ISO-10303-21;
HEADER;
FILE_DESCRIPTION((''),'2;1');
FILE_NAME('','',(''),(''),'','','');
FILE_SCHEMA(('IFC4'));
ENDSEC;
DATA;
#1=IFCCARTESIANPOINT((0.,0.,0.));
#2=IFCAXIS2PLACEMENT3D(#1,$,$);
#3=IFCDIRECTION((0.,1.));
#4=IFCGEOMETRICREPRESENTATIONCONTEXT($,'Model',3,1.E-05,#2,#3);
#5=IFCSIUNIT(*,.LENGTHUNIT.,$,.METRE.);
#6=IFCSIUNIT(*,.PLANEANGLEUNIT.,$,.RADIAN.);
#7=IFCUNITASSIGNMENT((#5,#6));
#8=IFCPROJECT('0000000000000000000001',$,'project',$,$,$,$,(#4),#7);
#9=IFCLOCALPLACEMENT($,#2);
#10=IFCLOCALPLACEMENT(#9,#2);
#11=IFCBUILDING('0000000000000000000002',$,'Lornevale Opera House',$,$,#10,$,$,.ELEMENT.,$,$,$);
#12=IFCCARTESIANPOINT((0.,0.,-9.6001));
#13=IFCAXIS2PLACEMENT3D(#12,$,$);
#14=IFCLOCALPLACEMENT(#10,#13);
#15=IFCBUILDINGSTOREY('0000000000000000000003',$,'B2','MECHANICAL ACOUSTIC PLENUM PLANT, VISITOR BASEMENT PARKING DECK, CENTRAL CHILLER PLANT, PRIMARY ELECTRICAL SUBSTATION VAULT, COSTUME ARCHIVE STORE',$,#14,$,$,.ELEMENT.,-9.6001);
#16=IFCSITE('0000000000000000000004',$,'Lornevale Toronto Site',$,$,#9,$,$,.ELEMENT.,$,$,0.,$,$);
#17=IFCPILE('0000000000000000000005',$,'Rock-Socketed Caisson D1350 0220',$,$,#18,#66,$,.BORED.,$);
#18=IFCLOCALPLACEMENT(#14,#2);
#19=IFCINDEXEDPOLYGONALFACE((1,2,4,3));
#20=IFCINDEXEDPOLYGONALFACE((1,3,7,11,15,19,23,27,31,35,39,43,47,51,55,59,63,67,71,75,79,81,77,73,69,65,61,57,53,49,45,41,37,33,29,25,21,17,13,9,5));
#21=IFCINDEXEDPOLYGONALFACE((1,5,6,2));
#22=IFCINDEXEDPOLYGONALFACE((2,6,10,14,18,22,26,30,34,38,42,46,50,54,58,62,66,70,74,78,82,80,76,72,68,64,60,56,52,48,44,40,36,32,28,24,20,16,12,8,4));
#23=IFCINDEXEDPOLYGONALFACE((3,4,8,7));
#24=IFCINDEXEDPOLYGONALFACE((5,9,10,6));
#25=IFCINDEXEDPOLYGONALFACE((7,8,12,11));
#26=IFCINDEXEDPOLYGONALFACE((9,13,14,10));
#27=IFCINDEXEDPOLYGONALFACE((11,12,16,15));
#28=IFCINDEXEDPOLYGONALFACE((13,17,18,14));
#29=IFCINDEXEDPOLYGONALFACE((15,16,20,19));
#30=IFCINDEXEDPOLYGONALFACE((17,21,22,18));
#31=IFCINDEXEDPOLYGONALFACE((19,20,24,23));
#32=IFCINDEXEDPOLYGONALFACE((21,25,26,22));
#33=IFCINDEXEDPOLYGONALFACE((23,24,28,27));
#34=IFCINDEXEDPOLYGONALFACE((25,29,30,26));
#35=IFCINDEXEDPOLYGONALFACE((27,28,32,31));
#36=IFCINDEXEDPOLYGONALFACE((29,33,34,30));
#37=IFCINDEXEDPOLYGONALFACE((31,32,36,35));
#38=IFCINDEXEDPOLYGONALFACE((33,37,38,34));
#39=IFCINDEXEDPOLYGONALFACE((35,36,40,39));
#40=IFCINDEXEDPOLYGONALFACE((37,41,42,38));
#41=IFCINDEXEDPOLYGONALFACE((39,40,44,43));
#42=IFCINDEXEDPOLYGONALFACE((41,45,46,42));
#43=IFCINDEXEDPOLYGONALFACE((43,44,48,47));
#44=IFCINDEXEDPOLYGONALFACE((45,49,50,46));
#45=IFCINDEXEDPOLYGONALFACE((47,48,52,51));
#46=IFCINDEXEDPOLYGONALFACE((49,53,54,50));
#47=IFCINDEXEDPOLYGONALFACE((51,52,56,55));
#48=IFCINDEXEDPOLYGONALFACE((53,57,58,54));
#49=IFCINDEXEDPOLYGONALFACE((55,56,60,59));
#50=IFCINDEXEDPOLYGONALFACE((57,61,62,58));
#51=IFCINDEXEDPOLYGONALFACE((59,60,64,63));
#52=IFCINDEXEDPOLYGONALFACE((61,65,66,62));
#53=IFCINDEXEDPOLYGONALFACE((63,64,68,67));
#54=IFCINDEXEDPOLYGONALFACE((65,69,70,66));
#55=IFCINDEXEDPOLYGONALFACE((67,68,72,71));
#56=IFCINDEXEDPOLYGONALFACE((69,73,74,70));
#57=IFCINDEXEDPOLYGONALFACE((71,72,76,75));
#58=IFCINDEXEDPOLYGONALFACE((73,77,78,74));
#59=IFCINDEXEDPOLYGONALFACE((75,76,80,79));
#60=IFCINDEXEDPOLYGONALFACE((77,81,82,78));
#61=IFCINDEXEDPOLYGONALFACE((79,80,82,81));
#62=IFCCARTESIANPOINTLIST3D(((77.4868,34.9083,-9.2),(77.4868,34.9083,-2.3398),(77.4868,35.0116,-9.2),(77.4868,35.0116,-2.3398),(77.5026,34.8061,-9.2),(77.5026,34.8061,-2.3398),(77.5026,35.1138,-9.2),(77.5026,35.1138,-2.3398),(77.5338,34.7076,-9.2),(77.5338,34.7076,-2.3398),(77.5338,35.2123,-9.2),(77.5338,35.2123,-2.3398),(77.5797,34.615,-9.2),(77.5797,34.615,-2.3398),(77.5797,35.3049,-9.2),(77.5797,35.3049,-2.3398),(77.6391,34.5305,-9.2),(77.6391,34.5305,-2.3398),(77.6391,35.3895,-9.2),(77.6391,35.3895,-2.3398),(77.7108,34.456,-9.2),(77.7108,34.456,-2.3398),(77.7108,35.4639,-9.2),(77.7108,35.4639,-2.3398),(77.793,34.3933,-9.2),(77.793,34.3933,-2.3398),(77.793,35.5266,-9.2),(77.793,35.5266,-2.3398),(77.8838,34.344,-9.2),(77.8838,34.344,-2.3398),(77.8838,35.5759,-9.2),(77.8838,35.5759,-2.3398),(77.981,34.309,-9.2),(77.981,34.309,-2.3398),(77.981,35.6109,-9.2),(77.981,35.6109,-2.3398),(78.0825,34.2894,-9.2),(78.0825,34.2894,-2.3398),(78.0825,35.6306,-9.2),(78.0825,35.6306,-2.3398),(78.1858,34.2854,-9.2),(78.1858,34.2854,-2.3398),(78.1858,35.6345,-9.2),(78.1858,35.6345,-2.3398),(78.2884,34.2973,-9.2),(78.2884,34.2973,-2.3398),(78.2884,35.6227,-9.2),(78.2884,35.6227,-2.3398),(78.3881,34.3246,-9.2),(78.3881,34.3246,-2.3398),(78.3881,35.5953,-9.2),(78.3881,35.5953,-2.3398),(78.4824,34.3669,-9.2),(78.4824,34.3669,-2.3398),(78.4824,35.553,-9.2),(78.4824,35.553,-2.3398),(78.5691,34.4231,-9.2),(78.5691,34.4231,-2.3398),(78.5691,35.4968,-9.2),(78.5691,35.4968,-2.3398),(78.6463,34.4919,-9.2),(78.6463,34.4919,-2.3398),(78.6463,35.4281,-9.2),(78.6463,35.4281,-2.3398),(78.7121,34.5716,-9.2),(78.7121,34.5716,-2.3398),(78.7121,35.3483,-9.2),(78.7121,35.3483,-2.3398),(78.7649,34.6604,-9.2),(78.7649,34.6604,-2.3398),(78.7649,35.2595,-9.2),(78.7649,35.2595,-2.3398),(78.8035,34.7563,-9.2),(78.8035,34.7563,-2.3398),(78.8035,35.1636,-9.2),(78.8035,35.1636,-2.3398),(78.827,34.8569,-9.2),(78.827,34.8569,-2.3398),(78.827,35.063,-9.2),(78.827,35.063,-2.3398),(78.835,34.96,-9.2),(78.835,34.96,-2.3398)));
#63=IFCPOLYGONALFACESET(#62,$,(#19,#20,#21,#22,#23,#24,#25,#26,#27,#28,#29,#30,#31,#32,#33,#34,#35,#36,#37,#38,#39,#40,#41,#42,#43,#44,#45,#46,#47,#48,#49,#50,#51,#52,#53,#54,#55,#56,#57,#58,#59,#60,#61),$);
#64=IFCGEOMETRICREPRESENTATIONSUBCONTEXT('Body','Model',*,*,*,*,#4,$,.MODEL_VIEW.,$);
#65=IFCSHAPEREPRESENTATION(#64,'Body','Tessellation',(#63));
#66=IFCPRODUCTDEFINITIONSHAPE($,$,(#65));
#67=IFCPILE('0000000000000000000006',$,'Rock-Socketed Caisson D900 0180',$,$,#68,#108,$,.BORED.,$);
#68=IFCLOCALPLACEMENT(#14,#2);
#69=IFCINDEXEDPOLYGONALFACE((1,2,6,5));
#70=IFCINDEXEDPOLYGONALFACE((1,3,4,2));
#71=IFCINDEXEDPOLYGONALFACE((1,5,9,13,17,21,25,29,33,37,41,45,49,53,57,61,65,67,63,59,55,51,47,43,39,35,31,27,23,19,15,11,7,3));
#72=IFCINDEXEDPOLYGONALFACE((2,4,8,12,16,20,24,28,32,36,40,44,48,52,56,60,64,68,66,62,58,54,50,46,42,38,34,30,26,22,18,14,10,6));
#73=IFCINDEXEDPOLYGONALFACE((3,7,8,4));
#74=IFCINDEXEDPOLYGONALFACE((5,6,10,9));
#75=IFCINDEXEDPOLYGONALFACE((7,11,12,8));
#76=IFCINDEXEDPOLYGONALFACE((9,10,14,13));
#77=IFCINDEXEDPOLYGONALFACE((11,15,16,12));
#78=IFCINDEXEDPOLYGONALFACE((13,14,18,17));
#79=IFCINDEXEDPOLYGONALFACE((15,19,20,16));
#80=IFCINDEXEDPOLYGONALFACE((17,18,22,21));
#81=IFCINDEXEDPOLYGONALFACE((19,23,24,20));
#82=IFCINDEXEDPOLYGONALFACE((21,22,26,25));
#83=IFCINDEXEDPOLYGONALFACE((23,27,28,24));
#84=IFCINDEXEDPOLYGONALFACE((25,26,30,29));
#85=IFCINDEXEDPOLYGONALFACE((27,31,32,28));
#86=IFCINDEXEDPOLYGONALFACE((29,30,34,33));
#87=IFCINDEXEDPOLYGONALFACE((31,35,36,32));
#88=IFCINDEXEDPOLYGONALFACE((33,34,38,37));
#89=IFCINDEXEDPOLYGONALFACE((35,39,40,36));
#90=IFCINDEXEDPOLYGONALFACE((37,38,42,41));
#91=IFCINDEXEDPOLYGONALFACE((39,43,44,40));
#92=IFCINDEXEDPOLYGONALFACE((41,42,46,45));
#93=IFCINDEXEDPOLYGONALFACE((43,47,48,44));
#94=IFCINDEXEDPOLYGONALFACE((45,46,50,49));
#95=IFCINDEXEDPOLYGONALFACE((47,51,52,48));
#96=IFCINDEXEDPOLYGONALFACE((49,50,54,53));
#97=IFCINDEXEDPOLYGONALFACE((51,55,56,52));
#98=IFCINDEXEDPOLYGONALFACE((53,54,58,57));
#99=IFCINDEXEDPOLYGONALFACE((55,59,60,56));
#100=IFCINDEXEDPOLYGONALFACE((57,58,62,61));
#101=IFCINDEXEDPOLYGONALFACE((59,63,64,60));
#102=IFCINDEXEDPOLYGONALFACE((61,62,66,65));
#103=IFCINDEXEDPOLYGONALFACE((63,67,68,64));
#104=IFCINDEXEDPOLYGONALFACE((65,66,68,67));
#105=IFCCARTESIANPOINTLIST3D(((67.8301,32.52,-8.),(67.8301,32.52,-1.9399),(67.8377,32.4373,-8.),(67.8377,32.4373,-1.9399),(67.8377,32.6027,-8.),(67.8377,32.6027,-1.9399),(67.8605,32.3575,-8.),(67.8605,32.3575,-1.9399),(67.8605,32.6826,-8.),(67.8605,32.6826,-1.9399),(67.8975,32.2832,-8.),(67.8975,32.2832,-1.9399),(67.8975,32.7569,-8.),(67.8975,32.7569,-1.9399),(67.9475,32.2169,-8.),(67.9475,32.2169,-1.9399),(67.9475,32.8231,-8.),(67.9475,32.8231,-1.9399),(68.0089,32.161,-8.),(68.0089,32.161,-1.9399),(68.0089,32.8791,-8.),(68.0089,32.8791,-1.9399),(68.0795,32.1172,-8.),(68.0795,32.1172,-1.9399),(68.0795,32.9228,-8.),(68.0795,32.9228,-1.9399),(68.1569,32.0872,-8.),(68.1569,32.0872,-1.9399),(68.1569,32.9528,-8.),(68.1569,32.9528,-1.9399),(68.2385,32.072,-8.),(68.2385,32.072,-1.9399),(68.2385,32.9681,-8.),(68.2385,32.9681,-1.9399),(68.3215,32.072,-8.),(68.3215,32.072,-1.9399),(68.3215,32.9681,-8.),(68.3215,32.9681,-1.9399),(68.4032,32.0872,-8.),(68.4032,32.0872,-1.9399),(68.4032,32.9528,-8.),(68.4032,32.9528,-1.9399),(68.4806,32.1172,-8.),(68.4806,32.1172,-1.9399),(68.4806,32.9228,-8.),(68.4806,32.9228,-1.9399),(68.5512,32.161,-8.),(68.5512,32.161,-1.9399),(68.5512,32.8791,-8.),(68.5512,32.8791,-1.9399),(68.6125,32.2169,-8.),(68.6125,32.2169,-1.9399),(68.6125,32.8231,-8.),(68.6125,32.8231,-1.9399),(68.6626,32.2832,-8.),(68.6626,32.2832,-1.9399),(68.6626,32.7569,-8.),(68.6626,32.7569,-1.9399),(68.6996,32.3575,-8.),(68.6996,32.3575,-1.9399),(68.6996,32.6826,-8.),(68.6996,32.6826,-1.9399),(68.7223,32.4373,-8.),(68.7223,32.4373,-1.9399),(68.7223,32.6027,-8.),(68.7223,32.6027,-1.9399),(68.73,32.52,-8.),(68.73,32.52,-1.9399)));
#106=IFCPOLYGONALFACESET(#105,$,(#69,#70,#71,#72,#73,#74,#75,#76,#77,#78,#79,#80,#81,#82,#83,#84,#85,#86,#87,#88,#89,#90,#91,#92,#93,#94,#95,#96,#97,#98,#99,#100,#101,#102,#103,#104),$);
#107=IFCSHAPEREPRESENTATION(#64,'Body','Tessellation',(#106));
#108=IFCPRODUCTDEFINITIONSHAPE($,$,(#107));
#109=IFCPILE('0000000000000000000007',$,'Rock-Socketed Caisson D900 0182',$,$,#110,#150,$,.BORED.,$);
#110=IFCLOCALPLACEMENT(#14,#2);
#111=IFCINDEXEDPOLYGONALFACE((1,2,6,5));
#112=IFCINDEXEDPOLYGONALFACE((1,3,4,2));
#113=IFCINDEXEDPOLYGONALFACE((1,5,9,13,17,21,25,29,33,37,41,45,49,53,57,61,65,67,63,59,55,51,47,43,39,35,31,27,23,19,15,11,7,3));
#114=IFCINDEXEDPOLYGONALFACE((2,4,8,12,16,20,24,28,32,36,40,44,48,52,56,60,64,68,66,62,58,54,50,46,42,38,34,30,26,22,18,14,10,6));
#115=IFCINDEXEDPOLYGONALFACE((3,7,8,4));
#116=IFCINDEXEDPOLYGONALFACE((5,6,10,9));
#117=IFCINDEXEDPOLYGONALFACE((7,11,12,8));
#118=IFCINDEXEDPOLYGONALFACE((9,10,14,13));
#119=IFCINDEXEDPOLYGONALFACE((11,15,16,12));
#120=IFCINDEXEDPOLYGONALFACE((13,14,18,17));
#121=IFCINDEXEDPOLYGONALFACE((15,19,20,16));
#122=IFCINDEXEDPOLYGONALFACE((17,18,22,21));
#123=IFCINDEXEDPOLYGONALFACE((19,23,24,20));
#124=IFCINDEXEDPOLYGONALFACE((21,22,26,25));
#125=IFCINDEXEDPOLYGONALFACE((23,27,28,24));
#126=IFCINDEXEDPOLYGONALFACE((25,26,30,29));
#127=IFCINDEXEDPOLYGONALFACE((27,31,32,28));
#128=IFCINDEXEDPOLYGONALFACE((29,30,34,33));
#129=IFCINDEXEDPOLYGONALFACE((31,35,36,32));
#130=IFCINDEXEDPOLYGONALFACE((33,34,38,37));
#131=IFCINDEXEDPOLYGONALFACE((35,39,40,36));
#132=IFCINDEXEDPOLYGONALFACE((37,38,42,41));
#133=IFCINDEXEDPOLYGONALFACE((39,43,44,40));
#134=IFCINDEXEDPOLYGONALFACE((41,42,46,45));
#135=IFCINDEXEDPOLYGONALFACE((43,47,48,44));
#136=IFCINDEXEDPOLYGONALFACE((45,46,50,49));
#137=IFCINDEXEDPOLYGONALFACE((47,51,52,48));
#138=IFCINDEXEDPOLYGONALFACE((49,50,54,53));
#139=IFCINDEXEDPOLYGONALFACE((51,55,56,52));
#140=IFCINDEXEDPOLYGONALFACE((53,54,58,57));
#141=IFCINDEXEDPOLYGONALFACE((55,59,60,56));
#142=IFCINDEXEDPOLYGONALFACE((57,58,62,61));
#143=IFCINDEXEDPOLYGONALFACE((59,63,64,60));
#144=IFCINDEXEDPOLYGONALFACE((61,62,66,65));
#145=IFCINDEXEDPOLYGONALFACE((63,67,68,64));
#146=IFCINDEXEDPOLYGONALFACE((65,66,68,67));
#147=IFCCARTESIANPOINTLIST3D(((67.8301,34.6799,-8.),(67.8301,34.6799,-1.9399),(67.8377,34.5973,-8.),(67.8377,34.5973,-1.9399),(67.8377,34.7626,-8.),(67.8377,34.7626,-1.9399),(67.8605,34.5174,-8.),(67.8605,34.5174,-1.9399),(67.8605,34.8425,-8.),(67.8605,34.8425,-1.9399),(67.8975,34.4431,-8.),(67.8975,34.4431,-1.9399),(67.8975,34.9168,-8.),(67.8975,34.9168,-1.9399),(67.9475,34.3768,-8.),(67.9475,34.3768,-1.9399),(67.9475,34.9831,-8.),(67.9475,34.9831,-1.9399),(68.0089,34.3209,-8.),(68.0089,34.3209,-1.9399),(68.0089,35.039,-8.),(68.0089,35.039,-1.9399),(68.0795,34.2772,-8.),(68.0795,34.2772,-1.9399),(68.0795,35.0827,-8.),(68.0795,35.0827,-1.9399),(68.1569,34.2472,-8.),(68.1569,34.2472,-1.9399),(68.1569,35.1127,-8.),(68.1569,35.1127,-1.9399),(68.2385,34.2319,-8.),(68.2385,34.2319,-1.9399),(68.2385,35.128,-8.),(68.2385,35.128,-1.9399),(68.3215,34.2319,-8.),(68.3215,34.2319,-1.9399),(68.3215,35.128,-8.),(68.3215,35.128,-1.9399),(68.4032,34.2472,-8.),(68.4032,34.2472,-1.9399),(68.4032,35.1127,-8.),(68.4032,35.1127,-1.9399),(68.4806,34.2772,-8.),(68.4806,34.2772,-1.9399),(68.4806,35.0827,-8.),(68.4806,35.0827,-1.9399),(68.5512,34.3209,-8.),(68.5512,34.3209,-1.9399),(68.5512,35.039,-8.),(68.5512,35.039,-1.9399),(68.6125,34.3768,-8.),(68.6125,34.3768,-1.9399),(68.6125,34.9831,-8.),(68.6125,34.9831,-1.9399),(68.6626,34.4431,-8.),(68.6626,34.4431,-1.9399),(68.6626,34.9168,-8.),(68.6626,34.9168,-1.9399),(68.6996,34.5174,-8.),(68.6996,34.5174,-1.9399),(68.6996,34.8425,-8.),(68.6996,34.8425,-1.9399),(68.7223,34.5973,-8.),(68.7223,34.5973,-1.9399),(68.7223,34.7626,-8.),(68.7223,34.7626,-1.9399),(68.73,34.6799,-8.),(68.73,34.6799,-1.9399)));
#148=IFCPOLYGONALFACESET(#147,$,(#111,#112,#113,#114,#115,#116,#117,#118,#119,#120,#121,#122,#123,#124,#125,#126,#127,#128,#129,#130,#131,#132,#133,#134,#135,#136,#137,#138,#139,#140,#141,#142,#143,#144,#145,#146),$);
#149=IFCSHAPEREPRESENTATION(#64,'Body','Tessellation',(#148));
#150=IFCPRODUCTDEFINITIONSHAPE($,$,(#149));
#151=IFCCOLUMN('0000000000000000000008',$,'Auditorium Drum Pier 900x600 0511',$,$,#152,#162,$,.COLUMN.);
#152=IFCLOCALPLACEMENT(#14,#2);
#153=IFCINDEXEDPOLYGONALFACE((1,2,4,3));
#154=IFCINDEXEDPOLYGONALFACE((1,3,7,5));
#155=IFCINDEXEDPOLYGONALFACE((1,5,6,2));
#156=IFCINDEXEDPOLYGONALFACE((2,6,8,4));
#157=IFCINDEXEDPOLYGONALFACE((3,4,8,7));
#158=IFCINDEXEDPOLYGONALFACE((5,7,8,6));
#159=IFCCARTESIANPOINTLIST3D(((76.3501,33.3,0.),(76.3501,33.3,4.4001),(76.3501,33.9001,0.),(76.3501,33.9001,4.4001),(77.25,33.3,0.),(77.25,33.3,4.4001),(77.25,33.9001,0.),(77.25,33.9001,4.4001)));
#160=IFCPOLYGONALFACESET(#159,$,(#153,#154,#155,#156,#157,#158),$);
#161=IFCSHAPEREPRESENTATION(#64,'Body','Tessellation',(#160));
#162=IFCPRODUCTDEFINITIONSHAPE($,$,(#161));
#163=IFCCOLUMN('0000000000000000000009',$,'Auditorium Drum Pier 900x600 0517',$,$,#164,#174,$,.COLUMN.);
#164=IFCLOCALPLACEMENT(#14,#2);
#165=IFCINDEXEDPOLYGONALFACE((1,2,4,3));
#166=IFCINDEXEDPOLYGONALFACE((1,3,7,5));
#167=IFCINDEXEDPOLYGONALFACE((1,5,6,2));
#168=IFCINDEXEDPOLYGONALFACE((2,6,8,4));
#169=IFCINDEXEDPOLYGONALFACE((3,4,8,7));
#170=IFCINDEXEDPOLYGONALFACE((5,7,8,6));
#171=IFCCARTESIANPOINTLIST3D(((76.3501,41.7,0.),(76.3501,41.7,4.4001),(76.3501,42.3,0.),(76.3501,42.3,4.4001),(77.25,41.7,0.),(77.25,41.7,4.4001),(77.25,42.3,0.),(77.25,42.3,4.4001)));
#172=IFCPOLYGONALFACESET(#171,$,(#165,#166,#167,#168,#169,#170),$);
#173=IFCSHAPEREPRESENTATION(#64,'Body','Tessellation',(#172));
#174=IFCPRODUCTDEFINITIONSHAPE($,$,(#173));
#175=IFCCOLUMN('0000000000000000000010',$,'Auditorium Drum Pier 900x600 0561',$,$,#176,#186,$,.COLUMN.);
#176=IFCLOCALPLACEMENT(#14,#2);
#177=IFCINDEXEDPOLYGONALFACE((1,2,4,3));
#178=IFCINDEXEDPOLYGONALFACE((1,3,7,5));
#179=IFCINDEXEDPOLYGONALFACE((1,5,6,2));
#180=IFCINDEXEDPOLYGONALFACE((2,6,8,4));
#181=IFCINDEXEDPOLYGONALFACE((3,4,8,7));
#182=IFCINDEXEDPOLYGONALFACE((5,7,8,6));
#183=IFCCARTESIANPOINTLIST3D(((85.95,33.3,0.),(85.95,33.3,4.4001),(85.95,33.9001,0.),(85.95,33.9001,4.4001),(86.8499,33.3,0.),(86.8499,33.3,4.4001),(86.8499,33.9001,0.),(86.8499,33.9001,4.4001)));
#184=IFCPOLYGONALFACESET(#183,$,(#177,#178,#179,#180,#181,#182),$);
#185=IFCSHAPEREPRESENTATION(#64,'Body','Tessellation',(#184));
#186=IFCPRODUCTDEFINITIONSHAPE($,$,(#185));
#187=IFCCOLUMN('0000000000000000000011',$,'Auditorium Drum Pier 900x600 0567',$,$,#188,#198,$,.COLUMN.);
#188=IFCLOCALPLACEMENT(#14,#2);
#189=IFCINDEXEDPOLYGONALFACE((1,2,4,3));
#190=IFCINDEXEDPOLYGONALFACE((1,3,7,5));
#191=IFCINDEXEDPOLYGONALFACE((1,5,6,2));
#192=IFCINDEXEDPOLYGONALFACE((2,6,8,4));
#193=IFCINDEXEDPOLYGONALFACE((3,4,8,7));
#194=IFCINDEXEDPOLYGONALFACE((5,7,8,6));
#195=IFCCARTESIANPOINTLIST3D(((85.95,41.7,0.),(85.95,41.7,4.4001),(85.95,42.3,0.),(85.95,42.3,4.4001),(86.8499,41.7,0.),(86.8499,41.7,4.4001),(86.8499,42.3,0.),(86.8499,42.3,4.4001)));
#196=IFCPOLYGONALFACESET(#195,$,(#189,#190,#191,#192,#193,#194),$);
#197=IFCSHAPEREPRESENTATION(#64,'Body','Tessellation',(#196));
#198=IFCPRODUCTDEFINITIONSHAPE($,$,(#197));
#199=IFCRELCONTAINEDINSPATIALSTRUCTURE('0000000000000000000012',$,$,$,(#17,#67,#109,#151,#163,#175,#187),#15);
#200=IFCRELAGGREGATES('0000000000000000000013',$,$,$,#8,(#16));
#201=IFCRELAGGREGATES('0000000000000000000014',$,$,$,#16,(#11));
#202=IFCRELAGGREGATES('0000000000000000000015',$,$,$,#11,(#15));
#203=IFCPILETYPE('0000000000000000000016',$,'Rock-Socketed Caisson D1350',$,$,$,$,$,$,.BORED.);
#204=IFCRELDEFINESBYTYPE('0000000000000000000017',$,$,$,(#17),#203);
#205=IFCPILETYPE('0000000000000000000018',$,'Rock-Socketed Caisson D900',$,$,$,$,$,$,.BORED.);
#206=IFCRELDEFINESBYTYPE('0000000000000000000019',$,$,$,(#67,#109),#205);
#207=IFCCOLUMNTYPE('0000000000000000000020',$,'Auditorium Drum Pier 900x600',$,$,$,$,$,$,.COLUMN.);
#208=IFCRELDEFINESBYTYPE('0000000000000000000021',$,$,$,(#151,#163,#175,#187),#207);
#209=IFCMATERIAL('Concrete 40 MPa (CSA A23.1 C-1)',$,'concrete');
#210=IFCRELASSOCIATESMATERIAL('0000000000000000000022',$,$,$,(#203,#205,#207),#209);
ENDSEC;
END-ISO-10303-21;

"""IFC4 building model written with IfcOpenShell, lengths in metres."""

from ifc_helpers import new_model, si_unit, direction, frame, origin, origin_2d, place, context, subcontext, project, spatial, rectangle, circle, extrude, material, material_profile, profile_set, type_object, element, save


model = new_model("IFC4")

# Units and contexts
model_context = context("Model", 3, precision=1e-05, world=origin(), true_north=direction((0.0, 1.0)))
body_context = subcontext(model_context, "Body", "Model", "MODEL_VIEW")
ifc_project = project(units=[si_unit("LENGTHUNIT", "METRE"), si_unit("PLANEANGLEUNIT", "RADIAN")], contexts=[model_context])

# Site, building, storey
site_placement = place(None, origin())
site = spatial("IfcSite", under=ifc_project, at=site_placement, Name="Lornevale Toronto Site", CompositionType="ELEMENT", RefElevation=0.0)
building_placement = place(site_placement, origin())
building = spatial("IfcBuilding", under=site, at=building_placement, Name="Lornevale Opera House", CompositionType="ELEMENT")
storey_placement = place(building_placement, frame((0.0, 0.0, -9.6001)))
storey = spatial("IfcBuildingStorey", under=building, at=storey_placement, Name="B2", Description="MECHANICAL ACOUSTIC PLENUM PLANT, VISITOR BASEMENT PARKING DECK, CENTRAL CHILLER PLANT, PRIMARY ELECTRICAL SUBSTATION VAULT, COSTUME ARCHIVE STORE", CompositionType="ELEMENT", Elevation=-9.6001)

# Piles
ifc_material_1 = material(Name="Concrete 40 MPa (CSA A23.1 C-1)", Category="concrete")
ifc_material_profile_1 = material_profile(ifc_material_1, circle(Radius=0.675, at=origin_2d()), Name="CAIS1350")
ifc_profile_set_1 = profile_set([ifc_material_profile_1], Name="Concrete 40 MPa (CSA A23.1 C-1)")
pile_type_1 = type_object("IfcPileType", Name="Rock-Socketed Caisson D1350", PredefinedType="BORED", material=ifc_profile_set_1)
for number, where, z_axis, x_axis, name in (
    (1, (78.1599, 34.96, -2.3398), (0.0, 0.0, -1.0), (1.0, 0.0, 0.0), "Rock-Socketed Caisson D1350 0220"),
):
    element("IfcPile", number, at=place(storey_placement, frame(where, z_axis=z_axis, x_axis=x_axis)), inside=storey, type_object=pile_type_1, Name=name, PredefinedType="BORED", context=body_context, shape_type="SweptSolid", body=[
        extrude(circle(Radius=0.675, at=origin_2d()), origin(), (0.0, 0.0, 1.0), 6.8601),
    ])
ifc_material_profile_2 = material_profile(ifc_material_1, circle(Radius=0.45, at=origin_2d()), Name="CAIS900")
ifc_profile_set_2 = profile_set([ifc_material_profile_2], Name="Concrete 40 MPa (CSA A23.1 C-1)")
pile_type_2 = type_object("IfcPileType", Name="Rock-Socketed Caisson D900", PredefinedType="BORED", material=ifc_profile_set_2)
for number, where, z_axis, x_axis, name in (
    (2, (68.28, 32.52, -1.9399), (0.0, 0.0, -1.0), (1.0, 0.0, 0.0), "Rock-Socketed Caisson D900 0180"),
    (3, (68.28, 34.6799, -1.9399), (0.0, 0.0, -1.0), (1.0, 0.0, 0.0), "Rock-Socketed Caisson D900 0182"),
):
    element("IfcPile", number, at=place(storey_placement, frame(where, z_axis=z_axis, x_axis=x_axis)), inside=storey, type_object=pile_type_2, Name=name, PredefinedType="BORED", context=body_context, shape_type="SweptSolid", body=[
        extrude(circle(Radius=0.45, at=origin_2d()), origin(), (0.0, 0.0, 1.0), 6.0601),
    ])

# Columns
ifc_material_profile_3 = material_profile(ifc_material_1, rectangle(XDim=0.8999, YDim=0.6001, at=origin_2d()), Name="RC900x600")
ifc_profile_set_3 = profile_set([ifc_material_profile_3], Name="Concrete 40 MPa (CSA A23.1 C-1)")
column_type = type_object("IfcColumnType", Name="Auditorium Drum Pier 900x600", PredefinedType="COLUMN", material=ifc_profile_set_3)
for number, where, z_axis, x_axis, name in (
    (4, (76.8, 33.6001, 0.0), (0.0, 0.0, 1.0), (1.0, 0.0, 0.0), "Auditorium Drum Pier 900x600 0511"),
    (5, (76.8, 42.0, 0.0), (0.0, 0.0, 1.0), (1.0, 0.0, 0.0), "Auditorium Drum Pier 900x600 0517"),
    (6, (86.3999, 33.6001, 0.0), (0.0, 0.0, 1.0), (1.0, 0.0, 0.0), "Auditorium Drum Pier 900x600 0561"),
    (7, (86.3999, 42.0, 0.0), (0.0, 0.0, 1.0), (1.0, 0.0, 0.0), "Auditorium Drum Pier 900x600 0567"),
):
    element("IfcColumn", number, at=place(storey_placement, frame(where, z_axis=z_axis, x_axis=x_axis)), inside=storey, type_object=column_type, Name=name, PredefinedType="COLUMN", context=body_context, shape_type="SweptSolid", body=[
        extrude(rectangle(XDim=0.8999, YDim=0.6001, at=origin_2d()), origin(), (0.0, 0.0, 1.0), 4.4001),
    ])

save(model, "model.ifc")
